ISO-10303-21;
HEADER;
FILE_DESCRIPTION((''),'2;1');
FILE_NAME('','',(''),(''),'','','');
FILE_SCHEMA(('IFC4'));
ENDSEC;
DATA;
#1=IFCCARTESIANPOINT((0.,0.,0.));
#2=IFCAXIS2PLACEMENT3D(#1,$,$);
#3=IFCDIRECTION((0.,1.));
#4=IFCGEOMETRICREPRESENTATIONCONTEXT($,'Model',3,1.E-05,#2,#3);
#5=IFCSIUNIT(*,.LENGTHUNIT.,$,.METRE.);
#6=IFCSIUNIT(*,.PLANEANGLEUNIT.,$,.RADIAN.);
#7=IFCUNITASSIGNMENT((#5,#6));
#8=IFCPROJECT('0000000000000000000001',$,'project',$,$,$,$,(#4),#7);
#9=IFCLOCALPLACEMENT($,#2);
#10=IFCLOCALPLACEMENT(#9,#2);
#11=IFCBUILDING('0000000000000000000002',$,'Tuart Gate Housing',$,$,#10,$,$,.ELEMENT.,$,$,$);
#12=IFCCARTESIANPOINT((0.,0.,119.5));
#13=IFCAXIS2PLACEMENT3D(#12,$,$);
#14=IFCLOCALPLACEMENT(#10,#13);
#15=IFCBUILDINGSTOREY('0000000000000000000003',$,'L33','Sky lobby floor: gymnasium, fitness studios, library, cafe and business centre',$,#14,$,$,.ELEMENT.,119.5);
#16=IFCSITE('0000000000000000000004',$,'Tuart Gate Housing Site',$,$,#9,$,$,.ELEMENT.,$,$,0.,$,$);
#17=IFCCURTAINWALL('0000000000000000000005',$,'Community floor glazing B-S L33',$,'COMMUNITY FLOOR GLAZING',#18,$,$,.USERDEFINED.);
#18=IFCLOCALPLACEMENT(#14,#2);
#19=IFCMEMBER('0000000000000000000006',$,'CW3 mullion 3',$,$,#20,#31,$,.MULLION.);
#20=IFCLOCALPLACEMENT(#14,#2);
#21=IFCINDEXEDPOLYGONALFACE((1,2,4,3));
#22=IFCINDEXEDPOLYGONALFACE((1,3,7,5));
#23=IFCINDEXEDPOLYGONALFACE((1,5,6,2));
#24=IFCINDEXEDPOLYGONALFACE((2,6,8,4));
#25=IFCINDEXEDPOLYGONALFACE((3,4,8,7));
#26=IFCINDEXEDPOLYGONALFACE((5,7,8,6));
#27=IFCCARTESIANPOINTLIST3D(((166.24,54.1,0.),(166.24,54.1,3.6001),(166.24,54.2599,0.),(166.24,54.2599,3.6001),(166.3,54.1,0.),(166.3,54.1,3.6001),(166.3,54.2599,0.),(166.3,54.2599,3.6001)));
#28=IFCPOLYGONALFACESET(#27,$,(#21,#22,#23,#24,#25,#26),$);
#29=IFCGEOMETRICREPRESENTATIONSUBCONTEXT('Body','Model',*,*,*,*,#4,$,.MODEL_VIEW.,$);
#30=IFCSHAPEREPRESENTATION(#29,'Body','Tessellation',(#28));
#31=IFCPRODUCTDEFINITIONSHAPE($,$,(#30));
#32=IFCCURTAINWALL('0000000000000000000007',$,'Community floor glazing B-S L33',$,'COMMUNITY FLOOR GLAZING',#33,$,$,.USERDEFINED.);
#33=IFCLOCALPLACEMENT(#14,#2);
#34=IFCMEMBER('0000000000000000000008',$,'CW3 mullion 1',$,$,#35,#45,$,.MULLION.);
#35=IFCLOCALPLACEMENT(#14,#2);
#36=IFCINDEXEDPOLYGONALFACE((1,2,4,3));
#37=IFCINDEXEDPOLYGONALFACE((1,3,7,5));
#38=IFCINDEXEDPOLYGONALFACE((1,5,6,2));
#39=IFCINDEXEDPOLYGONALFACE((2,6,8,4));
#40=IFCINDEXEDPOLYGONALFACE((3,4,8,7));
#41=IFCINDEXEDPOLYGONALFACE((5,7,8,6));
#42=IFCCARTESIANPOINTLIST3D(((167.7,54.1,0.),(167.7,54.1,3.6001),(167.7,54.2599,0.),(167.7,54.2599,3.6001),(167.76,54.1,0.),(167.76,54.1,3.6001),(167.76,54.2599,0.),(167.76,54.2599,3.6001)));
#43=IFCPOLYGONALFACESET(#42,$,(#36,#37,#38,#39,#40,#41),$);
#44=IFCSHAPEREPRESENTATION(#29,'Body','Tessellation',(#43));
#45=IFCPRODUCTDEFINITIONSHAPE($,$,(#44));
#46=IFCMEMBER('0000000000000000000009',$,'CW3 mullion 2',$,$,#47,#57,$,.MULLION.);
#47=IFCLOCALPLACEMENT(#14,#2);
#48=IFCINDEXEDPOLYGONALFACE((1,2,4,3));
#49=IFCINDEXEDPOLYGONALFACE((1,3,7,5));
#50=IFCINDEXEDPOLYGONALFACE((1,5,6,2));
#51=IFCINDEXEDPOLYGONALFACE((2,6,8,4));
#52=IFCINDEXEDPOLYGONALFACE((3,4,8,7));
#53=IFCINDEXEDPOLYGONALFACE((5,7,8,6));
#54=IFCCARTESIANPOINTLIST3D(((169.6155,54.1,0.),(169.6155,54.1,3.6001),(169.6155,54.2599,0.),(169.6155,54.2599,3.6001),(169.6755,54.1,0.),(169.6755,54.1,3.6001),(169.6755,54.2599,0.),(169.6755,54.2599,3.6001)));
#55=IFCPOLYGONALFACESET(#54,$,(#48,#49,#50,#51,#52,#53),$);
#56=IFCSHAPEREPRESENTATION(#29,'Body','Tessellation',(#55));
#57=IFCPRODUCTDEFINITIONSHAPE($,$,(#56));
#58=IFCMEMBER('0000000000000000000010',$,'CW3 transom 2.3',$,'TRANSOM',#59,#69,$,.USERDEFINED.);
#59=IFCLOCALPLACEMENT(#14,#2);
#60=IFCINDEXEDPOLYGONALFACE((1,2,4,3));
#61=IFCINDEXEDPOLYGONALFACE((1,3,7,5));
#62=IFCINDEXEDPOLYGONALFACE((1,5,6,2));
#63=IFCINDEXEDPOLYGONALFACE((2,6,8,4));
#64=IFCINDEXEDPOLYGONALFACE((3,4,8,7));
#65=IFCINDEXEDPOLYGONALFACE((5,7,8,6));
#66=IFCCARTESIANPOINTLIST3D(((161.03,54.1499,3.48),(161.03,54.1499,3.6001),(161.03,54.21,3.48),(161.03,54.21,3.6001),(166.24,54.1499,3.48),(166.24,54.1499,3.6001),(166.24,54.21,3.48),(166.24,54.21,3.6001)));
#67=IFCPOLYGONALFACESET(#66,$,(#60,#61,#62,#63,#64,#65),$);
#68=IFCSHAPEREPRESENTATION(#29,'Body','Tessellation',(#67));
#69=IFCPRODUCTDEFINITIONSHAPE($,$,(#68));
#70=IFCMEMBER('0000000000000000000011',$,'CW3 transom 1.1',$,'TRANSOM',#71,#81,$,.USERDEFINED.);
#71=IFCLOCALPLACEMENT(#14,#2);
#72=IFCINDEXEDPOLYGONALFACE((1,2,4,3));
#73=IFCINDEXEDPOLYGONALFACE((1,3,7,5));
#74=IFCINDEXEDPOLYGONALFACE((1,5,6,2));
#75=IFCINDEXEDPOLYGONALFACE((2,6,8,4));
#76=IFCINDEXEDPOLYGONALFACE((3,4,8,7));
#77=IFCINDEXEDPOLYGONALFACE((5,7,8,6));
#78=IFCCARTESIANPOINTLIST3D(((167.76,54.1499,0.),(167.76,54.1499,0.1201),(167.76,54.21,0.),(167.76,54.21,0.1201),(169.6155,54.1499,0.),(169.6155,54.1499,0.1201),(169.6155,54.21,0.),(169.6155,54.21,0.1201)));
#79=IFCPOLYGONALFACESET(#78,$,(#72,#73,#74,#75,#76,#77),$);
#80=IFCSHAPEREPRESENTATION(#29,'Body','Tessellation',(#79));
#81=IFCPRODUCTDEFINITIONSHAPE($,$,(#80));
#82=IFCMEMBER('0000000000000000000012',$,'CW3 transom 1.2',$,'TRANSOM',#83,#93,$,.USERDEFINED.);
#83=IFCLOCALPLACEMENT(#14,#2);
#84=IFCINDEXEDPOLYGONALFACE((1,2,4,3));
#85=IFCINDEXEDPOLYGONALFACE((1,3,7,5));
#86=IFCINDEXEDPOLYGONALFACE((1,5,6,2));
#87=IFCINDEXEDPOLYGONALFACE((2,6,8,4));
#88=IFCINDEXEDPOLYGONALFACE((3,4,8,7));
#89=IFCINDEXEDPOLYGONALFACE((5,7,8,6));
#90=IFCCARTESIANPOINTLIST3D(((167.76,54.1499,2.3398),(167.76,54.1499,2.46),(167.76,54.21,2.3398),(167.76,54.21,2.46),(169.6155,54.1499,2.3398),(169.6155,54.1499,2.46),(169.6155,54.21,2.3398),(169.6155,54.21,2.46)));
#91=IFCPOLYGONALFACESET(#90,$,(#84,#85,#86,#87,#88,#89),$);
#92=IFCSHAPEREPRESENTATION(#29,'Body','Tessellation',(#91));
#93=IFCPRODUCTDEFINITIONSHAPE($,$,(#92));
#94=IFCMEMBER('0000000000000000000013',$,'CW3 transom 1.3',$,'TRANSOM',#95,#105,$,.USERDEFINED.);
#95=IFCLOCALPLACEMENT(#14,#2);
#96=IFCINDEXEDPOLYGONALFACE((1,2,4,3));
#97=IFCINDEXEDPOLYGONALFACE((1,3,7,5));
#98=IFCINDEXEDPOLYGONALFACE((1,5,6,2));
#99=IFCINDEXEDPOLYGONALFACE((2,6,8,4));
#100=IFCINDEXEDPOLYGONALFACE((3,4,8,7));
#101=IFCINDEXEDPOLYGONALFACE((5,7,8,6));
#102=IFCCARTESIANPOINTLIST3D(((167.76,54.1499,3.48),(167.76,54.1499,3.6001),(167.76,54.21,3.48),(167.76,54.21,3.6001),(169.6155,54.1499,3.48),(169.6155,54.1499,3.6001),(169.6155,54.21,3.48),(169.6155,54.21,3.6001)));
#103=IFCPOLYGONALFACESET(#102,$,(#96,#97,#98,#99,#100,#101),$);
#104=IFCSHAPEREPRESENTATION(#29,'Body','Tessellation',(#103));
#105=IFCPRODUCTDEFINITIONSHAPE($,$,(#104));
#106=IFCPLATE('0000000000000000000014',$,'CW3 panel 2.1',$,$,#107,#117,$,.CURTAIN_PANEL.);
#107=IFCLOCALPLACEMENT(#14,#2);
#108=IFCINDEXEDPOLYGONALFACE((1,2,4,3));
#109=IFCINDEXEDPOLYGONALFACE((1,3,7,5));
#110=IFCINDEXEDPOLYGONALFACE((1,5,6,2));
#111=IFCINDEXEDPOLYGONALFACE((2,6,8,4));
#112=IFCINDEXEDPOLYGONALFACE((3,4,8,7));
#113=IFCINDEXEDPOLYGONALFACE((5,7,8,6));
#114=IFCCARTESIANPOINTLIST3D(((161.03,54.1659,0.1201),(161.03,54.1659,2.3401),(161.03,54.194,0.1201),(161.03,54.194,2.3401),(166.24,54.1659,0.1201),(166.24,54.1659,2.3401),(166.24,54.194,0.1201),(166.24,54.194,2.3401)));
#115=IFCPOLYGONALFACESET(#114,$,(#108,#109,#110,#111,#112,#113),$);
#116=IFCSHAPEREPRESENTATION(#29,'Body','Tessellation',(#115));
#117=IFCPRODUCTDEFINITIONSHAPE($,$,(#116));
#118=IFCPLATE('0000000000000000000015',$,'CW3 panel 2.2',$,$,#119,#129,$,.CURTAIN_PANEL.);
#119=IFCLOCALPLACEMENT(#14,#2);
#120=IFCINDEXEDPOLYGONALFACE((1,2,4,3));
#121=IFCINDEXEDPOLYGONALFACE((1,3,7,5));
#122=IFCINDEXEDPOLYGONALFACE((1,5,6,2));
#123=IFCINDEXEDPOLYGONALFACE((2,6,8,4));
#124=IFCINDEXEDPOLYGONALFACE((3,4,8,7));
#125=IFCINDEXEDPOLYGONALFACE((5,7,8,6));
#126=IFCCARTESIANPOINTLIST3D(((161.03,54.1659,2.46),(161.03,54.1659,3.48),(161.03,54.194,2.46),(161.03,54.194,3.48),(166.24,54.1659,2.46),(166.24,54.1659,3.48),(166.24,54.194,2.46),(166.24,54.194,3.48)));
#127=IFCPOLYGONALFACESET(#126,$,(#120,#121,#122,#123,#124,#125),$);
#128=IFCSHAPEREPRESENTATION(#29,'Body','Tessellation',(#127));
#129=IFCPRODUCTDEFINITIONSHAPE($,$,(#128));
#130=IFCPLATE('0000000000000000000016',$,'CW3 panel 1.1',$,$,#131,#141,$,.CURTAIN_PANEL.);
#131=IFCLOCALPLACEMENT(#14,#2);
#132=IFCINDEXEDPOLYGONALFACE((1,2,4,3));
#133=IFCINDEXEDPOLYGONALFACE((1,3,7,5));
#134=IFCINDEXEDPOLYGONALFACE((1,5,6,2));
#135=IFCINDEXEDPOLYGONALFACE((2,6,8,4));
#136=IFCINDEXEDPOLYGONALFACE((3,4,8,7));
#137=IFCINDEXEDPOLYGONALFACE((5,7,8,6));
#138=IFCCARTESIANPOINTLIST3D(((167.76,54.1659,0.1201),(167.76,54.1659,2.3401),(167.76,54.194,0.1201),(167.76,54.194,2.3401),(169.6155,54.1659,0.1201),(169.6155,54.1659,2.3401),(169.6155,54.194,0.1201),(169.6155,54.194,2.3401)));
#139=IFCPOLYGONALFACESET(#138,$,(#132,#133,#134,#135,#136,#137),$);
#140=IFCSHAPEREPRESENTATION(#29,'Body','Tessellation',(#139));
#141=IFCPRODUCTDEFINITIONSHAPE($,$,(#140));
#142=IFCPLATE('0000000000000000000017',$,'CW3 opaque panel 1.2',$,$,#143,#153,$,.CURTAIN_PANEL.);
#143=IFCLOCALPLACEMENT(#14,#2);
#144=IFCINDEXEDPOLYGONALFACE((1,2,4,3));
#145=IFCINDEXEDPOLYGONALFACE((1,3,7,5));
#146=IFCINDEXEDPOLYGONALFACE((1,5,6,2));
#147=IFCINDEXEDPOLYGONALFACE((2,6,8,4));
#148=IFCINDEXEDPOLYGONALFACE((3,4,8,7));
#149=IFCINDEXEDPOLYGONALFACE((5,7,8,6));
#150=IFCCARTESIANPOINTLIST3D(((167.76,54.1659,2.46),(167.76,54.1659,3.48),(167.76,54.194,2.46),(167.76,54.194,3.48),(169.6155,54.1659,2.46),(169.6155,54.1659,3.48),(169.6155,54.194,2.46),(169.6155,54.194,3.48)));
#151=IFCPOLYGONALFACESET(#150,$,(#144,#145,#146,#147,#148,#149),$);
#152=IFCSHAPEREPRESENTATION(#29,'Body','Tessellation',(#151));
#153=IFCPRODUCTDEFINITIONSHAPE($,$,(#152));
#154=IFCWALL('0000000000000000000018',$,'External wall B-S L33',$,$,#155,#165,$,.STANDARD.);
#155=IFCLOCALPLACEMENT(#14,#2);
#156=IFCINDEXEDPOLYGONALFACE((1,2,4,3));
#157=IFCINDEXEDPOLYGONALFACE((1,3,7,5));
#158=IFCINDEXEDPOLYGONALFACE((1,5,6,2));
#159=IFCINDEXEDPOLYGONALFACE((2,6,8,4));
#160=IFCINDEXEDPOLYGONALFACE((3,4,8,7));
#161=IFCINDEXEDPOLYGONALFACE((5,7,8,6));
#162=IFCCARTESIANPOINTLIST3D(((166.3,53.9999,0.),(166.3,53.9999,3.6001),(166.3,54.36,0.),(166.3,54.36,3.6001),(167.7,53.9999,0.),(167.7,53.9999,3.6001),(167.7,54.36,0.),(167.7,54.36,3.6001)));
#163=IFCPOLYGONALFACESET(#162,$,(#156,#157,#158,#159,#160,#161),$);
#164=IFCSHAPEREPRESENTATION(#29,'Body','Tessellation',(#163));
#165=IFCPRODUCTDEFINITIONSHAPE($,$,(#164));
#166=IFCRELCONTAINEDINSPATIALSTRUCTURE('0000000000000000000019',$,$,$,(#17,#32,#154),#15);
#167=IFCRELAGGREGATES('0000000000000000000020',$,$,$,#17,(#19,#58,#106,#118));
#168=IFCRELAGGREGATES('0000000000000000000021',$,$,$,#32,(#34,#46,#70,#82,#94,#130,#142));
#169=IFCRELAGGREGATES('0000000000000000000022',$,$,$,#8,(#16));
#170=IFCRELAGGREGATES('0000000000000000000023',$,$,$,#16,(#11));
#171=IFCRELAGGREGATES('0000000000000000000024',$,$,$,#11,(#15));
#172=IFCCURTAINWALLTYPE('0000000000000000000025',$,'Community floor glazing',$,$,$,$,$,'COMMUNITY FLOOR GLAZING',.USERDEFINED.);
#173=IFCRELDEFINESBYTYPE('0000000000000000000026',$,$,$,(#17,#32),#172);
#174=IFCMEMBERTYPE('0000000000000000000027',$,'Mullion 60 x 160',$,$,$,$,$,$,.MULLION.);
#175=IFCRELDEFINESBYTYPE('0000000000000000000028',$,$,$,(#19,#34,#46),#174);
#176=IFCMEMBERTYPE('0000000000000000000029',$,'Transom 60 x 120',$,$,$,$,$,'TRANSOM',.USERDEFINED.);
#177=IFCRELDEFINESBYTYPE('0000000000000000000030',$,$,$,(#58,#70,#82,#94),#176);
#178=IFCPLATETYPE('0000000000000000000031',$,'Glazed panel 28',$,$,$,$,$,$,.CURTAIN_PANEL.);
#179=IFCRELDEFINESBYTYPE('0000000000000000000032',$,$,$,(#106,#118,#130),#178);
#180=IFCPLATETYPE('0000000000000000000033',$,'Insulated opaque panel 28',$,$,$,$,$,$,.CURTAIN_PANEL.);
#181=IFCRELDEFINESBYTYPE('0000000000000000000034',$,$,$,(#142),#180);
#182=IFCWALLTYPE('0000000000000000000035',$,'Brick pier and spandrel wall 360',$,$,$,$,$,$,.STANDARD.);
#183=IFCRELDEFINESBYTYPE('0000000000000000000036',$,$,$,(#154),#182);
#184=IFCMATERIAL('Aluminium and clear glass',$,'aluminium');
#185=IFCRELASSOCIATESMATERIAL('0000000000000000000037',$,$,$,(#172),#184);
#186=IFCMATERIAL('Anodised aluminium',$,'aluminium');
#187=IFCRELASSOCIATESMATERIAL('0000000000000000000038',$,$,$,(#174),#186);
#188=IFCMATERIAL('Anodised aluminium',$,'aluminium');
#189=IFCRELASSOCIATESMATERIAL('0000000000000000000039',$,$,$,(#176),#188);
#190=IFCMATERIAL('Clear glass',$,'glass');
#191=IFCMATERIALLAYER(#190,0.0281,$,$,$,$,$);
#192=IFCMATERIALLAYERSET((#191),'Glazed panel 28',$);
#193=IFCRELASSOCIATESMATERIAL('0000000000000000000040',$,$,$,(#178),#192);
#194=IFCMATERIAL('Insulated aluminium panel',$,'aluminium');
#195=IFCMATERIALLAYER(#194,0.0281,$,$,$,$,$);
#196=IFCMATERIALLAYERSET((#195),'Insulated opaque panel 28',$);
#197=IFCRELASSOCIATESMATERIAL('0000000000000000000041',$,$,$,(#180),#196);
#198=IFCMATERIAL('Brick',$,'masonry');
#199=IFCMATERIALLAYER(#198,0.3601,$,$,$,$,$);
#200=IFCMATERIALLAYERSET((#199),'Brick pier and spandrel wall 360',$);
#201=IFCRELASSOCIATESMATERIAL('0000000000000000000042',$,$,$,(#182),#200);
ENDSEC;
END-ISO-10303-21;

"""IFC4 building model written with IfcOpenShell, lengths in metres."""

from ifc_helpers import new_model, si_unit, direction, frame, frame_2d, origin, origin_2d, place, context, subcontext, project, spatial, rectangle, extrude, material, layer, layer_set, material_profile, profile_set, type_object, element, aggregate, save


model = new_model("IFC4")

# Units and contexts
model_context = context("Model", 3, precision=1e-05, world=origin(), true_north=direction((0.0, 1.0)))
body_context = subcontext(model_context, "Body", "Model", "MODEL_VIEW")
ifc_project = project(units=[si_unit("LENGTHUNIT", "METRE"), si_unit("PLANEANGLEUNIT", "RADIAN")], contexts=[model_context])

# Site, building, storey
site_placement = place(None, origin())
site = spatial("IfcSite", under=ifc_project, at=site_placement, Name="Tuart Gate Housing Site", CompositionType="ELEMENT", RefElevation=0.0)
building_placement = place(site_placement, origin())
building = spatial("IfcBuilding", under=site, at=building_placement, Name="Tuart Gate Housing", CompositionType="ELEMENT")
storey_placement = place(building_placement, frame((0.0, 0.0, 119.5)))
storey = spatial("IfcBuildingStorey", under=building, at=storey_placement, Name="L33", Description="Sky lobby floor: gymnasium, fitness studios, library, cafe and business centre", CompositionType="ELEMENT", Elevation=119.5)

# Curtain wall, member
ifc_material_1 = material(Name="Aluminium and clear glass", Category="aluminium")
curtain_wall_type = type_object("IfcCurtainWallType", Name="Community floor glazing", ElementType="COMMUNITY FLOOR GLAZING", PredefinedType="USERDEFINED", material=ifc_material_1)
curtain_wall_1_placement = place(storey_placement, origin())
curtain_wall_1 = element("IfcCurtainWall", 1, at=curtain_wall_1_placement, inside=storey, type_object=curtain_wall_type, Name="Community floor glazing B-S L33", ObjectType="COMMUNITY FLOOR GLAZING", PredefinedType="USERDEFINED")
ifc_material_2 = material(Name="Anodised aluminium", Category="aluminium")
ifc_material_profile_1 = material_profile(ifc_material_2, rectangle(XDim=0.0601, YDim=0.1599, at=origin_2d()), Name="60x160")
ifc_profile_set_1 = profile_set([ifc_material_profile_1], Name="Anodised aluminium")
member_type_1 = type_object("IfcMemberType", Name="Mullion 60 x 160", PredefinedType="MULLION", material=ifc_profile_set_1)
member_1_placement = place(storey_placement, frame((166.27, 54.1799, 0.0), z_axis=(0.0, 0.0, 1.0), x_axis=(1.0, 0.0, 0.0)))
member_1 = element("IfcMember", 2, at=member_1_placement, type_object=member_type_1, Name="CW3 mullion 3", PredefinedType="MULLION", context=body_context, shape_type="SweptSolid", body=[
    extrude(rectangle(XDim=0.0601, YDim=0.1599, at=origin_2d()), origin(), (0.0, 0.0, 1.0), 3.6001),
])

# Curtain wall, members
curtain_wall_2_placement = place(storey_placement, origin())
curtain_wall_2 = element("IfcCurtainWall", 3, at=curtain_wall_2_placement, inside=storey, type_object=curtain_wall_type, Name="Community floor glazing B-S L33", ObjectType="COMMUNITY FLOOR GLAZING", PredefinedType="USERDEFINED")
member_2_placement = place(storey_placement, frame((167.73, 54.1799, 0.0), z_axis=(0.0, 0.0, 1.0), x_axis=(1.0, 0.0, 0.0)))
member_2 = element("IfcMember", 4, at=member_2_placement, type_object=member_type_1, Name="CW3 mullion 1", PredefinedType="MULLION", context=body_context, shape_type="SweptSolid", body=[
    extrude(rectangle(XDim=0.0601, YDim=0.1599, at=origin_2d()), origin(), (0.0, 0.0, 1.0), 3.6001),
])
member_3_placement = place(storey_placement, frame((169.6455, 54.1799, 0.0), z_axis=(0.0, 0.0, 1.0), x_axis=(1.0, 0.0, 0.0)))
member_3 = element("IfcMember", 5, at=member_3_placement, type_object=member_type_1, Name="CW3 mullion 2", PredefinedType="MULLION", context=body_context, shape_type="SweptSolid", body=[
    extrude(rectangle(XDim=0.0601, YDim=0.1599, at=origin_2d()), origin(), (0.0, 0.0, 1.0), 3.6001),
])

# Members
ifc_material_3 = material(Name="Anodised aluminium", Category="aluminium")
ifc_material_profile_2 = material_profile(ifc_material_3, rectangle(XDim=0.0601, YDim=0.1201, at=origin_2d()), Name="60x120")
ifc_profile_set_2 = profile_set([ifc_material_profile_2], Name="Anodised aluminium")
member_type_2 = type_object("IfcMemberType", Name="Transom 60 x 120", ElementType="TRANSOM", PredefinedType="USERDEFINED", material=ifc_profile_set_2)
member_4_placement = place(storey_placement, frame((161.03, 54.1799, 3.54), z_axis=(1.0, 0.0, 0.0), x_axis=(0.0, 1.0, 0.0)))
member_4 = element("IfcMember", 6, at=member_4_placement, type_object=member_type_2, Name="CW3 transom 2.3", ObjectType="TRANSOM", PredefinedType="USERDEFINED", context=body_context, shape_type="SweptSolid", body=[
    extrude(rectangle(XDim=0.0601, YDim=0.1201, at=origin_2d()), origin(), (0.0, 0.0, 1.0), 5.21),
])
member_5_placement = place(storey_placement, frame((167.76, 54.1799, 0.0601), z_axis=(1.0, 0.0, 0.0), x_axis=(0.0, 1.0, 0.0)))
member_5 = element("IfcMember", 7, at=member_5_placement, type_object=member_type_2, Name="CW3 transom 1.1", ObjectType="TRANSOM", PredefinedType="USERDEFINED", context=body_context, shape_type="SweptSolid", body=[
    extrude(rectangle(XDim=0.0601, YDim=0.1201, at=origin_2d()), origin(), (0.0, 0.0, 1.0), 1.8555),
])
member_6_placement = place(storey_placement, frame((167.76, 54.1799, 2.3999), z_axis=(1.0, 0.0, 0.0), x_axis=(0.0, 1.0, 0.0)))
member_6 = element("IfcMember", 8, at=member_6_placement, type_object=member_type_2, Name="CW3 transom 1.2", ObjectType="TRANSOM", PredefinedType="USERDEFINED", context=body_context, shape_type="SweptSolid", body=[
    extrude(rectangle(XDim=0.0601, YDim=0.1201, at=origin_2d()), origin(), (0.0, 0.0, 1.0), 1.8555),
])
member_7_placement = place(storey_placement, frame((167.76, 54.1799, 3.54), z_axis=(1.0, 0.0, 0.0), x_axis=(0.0, 1.0, 0.0)))
member_7 = element("IfcMember", 9, at=member_7_placement, type_object=member_type_2, Name="CW3 transom 1.3", ObjectType="TRANSOM", PredefinedType="USERDEFINED", context=body_context, shape_type="SweptSolid", body=[
    extrude(rectangle(XDim=0.0601, YDim=0.1201, at=origin_2d()), origin(), (0.0, 0.0, 1.0), 1.8555),
])

# Plates
ifc_material_4 = material(Name="Clear glass", Category="glass")
ifc_layer_1 = layer(ifc_material_4, 0.0281)
ifc_layer_set_1 = layer_set([ifc_layer_1], Name="Glazed panel 28")
plate_type_1 = type_object("IfcPlateType", Name="Glazed panel 28", PredefinedType="CURTAIN_PANEL", material=ifc_layer_set_1)
plate_1_placement = place(storey_placement, frame((163.635, 54.1799, 0.1201), z_axis=(0.0, 0.0, 1.0), x_axis=(1.0, 0.0, 0.0)))
plate_1 = element("IfcPlate", 10, at=plate_1_placement, type_object=plate_type_1, Name="CW3 panel 2.1", PredefinedType="CURTAIN_PANEL", context=body_context, shape_type="SweptSolid", body=[
    extrude(rectangle(XDim=5.21, YDim=0.0281, at=origin_2d()), origin(), (0.0, 0.0, 1.0), 2.22),
])
plate_2_placement = place(storey_placement, frame((163.635, 54.1799, 2.46), z_axis=(0.0, 0.0, 1.0), x_axis=(1.0, 0.0, 0.0)))
plate_2 = element("IfcPlate", 11, at=plate_2_placement, type_object=plate_type_1, Name="CW3 panel 2.2", PredefinedType="CURTAIN_PANEL", context=body_context, shape_type="SweptSolid", body=[
    extrude(rectangle(XDim=5.21, YDim=0.0281, at=origin_2d()), origin(), (0.0, 0.0, 1.0), 1.02),
])
aggregate(curtain_wall_1, [member_1, member_4, plate_1, plate_2])
plate_3_placement = place(storey_placement, frame((168.6877, 54.1799, 0.1201), z_axis=(0.0, 0.0, 1.0), x_axis=(1.0, 0.0, 0.0)))
plate_3 = element("IfcPlate", 12, at=plate_3_placement, type_object=plate_type_1, Name="CW3 panel 1.1", PredefinedType="CURTAIN_PANEL", context=body_context, shape_type="SweptSolid", body=[
    extrude(rectangle(XDim=1.8555, YDim=0.0281, at=origin_2d()), origin(), (0.0, 0.0, 1.0), 2.22),
])
ifc_material_5 = material(Name="Insulated aluminium panel", Category="aluminium")
ifc_layer_2 = layer(ifc_material_5, 0.0281)
ifc_layer_set_2 = layer_set([ifc_layer_2], Name="Insulated opaque panel 28")
plate_type_2 = type_object("IfcPlateType", Name="Insulated opaque panel 28", PredefinedType="CURTAIN_PANEL", material=ifc_layer_set_2)
plate_4_placement = place(storey_placement, frame((168.6877, 54.1799, 2.46), z_axis=(0.0, 0.0, 1.0), x_axis=(1.0, 0.0, 0.0)))
plate_4 = element("IfcPlate", 13, at=plate_4_placement, type_object=plate_type_2, Name="CW3 opaque panel 1.2", PredefinedType="CURTAIN_PANEL", context=body_context, shape_type="SweptSolid", body=[
    extrude(rectangle(XDim=1.8555, YDim=0.0281, at=origin_2d()), origin(), (0.0, 0.0, 1.0), 1.02),
])
aggregate(curtain_wall_2, [member_2, member_3, member_5, member_6, member_7, plate_3, plate_4])

# Wall
ifc_material_6 = material(Name="Brick", Category="masonry")
ifc_layer_3 = layer(ifc_material_6, 0.3601)
ifc_layer_set_3 = layer_set([ifc_layer_3], Name="Brick pier and spandrel wall 360")
wall_type = type_object("IfcWallType", Name="Brick pier and spandrel wall 360", PredefinedType="STANDARD", material=ifc_layer_set_3)
wall_placement = place(storey_placement, frame((166.3, 54.1799, 0.0), z_axis=(0.0, 0.0, 1.0), x_axis=(1.0, 0.0, 0.0)))
element("IfcWall", 14, at=wall_placement, inside=storey, type_object=wall_type, Name="External wall B-S L33", PredefinedType="STANDARD", context=body_context, shape_type="SweptSolid", body=[
    extrude(rectangle(XDim=1.3999, YDim=0.3601, at=frame_2d((0.7, 0.0))), origin(), (0.0, 0.0, 1.0), 3.6001),
])

save(model, "model.ifc")
